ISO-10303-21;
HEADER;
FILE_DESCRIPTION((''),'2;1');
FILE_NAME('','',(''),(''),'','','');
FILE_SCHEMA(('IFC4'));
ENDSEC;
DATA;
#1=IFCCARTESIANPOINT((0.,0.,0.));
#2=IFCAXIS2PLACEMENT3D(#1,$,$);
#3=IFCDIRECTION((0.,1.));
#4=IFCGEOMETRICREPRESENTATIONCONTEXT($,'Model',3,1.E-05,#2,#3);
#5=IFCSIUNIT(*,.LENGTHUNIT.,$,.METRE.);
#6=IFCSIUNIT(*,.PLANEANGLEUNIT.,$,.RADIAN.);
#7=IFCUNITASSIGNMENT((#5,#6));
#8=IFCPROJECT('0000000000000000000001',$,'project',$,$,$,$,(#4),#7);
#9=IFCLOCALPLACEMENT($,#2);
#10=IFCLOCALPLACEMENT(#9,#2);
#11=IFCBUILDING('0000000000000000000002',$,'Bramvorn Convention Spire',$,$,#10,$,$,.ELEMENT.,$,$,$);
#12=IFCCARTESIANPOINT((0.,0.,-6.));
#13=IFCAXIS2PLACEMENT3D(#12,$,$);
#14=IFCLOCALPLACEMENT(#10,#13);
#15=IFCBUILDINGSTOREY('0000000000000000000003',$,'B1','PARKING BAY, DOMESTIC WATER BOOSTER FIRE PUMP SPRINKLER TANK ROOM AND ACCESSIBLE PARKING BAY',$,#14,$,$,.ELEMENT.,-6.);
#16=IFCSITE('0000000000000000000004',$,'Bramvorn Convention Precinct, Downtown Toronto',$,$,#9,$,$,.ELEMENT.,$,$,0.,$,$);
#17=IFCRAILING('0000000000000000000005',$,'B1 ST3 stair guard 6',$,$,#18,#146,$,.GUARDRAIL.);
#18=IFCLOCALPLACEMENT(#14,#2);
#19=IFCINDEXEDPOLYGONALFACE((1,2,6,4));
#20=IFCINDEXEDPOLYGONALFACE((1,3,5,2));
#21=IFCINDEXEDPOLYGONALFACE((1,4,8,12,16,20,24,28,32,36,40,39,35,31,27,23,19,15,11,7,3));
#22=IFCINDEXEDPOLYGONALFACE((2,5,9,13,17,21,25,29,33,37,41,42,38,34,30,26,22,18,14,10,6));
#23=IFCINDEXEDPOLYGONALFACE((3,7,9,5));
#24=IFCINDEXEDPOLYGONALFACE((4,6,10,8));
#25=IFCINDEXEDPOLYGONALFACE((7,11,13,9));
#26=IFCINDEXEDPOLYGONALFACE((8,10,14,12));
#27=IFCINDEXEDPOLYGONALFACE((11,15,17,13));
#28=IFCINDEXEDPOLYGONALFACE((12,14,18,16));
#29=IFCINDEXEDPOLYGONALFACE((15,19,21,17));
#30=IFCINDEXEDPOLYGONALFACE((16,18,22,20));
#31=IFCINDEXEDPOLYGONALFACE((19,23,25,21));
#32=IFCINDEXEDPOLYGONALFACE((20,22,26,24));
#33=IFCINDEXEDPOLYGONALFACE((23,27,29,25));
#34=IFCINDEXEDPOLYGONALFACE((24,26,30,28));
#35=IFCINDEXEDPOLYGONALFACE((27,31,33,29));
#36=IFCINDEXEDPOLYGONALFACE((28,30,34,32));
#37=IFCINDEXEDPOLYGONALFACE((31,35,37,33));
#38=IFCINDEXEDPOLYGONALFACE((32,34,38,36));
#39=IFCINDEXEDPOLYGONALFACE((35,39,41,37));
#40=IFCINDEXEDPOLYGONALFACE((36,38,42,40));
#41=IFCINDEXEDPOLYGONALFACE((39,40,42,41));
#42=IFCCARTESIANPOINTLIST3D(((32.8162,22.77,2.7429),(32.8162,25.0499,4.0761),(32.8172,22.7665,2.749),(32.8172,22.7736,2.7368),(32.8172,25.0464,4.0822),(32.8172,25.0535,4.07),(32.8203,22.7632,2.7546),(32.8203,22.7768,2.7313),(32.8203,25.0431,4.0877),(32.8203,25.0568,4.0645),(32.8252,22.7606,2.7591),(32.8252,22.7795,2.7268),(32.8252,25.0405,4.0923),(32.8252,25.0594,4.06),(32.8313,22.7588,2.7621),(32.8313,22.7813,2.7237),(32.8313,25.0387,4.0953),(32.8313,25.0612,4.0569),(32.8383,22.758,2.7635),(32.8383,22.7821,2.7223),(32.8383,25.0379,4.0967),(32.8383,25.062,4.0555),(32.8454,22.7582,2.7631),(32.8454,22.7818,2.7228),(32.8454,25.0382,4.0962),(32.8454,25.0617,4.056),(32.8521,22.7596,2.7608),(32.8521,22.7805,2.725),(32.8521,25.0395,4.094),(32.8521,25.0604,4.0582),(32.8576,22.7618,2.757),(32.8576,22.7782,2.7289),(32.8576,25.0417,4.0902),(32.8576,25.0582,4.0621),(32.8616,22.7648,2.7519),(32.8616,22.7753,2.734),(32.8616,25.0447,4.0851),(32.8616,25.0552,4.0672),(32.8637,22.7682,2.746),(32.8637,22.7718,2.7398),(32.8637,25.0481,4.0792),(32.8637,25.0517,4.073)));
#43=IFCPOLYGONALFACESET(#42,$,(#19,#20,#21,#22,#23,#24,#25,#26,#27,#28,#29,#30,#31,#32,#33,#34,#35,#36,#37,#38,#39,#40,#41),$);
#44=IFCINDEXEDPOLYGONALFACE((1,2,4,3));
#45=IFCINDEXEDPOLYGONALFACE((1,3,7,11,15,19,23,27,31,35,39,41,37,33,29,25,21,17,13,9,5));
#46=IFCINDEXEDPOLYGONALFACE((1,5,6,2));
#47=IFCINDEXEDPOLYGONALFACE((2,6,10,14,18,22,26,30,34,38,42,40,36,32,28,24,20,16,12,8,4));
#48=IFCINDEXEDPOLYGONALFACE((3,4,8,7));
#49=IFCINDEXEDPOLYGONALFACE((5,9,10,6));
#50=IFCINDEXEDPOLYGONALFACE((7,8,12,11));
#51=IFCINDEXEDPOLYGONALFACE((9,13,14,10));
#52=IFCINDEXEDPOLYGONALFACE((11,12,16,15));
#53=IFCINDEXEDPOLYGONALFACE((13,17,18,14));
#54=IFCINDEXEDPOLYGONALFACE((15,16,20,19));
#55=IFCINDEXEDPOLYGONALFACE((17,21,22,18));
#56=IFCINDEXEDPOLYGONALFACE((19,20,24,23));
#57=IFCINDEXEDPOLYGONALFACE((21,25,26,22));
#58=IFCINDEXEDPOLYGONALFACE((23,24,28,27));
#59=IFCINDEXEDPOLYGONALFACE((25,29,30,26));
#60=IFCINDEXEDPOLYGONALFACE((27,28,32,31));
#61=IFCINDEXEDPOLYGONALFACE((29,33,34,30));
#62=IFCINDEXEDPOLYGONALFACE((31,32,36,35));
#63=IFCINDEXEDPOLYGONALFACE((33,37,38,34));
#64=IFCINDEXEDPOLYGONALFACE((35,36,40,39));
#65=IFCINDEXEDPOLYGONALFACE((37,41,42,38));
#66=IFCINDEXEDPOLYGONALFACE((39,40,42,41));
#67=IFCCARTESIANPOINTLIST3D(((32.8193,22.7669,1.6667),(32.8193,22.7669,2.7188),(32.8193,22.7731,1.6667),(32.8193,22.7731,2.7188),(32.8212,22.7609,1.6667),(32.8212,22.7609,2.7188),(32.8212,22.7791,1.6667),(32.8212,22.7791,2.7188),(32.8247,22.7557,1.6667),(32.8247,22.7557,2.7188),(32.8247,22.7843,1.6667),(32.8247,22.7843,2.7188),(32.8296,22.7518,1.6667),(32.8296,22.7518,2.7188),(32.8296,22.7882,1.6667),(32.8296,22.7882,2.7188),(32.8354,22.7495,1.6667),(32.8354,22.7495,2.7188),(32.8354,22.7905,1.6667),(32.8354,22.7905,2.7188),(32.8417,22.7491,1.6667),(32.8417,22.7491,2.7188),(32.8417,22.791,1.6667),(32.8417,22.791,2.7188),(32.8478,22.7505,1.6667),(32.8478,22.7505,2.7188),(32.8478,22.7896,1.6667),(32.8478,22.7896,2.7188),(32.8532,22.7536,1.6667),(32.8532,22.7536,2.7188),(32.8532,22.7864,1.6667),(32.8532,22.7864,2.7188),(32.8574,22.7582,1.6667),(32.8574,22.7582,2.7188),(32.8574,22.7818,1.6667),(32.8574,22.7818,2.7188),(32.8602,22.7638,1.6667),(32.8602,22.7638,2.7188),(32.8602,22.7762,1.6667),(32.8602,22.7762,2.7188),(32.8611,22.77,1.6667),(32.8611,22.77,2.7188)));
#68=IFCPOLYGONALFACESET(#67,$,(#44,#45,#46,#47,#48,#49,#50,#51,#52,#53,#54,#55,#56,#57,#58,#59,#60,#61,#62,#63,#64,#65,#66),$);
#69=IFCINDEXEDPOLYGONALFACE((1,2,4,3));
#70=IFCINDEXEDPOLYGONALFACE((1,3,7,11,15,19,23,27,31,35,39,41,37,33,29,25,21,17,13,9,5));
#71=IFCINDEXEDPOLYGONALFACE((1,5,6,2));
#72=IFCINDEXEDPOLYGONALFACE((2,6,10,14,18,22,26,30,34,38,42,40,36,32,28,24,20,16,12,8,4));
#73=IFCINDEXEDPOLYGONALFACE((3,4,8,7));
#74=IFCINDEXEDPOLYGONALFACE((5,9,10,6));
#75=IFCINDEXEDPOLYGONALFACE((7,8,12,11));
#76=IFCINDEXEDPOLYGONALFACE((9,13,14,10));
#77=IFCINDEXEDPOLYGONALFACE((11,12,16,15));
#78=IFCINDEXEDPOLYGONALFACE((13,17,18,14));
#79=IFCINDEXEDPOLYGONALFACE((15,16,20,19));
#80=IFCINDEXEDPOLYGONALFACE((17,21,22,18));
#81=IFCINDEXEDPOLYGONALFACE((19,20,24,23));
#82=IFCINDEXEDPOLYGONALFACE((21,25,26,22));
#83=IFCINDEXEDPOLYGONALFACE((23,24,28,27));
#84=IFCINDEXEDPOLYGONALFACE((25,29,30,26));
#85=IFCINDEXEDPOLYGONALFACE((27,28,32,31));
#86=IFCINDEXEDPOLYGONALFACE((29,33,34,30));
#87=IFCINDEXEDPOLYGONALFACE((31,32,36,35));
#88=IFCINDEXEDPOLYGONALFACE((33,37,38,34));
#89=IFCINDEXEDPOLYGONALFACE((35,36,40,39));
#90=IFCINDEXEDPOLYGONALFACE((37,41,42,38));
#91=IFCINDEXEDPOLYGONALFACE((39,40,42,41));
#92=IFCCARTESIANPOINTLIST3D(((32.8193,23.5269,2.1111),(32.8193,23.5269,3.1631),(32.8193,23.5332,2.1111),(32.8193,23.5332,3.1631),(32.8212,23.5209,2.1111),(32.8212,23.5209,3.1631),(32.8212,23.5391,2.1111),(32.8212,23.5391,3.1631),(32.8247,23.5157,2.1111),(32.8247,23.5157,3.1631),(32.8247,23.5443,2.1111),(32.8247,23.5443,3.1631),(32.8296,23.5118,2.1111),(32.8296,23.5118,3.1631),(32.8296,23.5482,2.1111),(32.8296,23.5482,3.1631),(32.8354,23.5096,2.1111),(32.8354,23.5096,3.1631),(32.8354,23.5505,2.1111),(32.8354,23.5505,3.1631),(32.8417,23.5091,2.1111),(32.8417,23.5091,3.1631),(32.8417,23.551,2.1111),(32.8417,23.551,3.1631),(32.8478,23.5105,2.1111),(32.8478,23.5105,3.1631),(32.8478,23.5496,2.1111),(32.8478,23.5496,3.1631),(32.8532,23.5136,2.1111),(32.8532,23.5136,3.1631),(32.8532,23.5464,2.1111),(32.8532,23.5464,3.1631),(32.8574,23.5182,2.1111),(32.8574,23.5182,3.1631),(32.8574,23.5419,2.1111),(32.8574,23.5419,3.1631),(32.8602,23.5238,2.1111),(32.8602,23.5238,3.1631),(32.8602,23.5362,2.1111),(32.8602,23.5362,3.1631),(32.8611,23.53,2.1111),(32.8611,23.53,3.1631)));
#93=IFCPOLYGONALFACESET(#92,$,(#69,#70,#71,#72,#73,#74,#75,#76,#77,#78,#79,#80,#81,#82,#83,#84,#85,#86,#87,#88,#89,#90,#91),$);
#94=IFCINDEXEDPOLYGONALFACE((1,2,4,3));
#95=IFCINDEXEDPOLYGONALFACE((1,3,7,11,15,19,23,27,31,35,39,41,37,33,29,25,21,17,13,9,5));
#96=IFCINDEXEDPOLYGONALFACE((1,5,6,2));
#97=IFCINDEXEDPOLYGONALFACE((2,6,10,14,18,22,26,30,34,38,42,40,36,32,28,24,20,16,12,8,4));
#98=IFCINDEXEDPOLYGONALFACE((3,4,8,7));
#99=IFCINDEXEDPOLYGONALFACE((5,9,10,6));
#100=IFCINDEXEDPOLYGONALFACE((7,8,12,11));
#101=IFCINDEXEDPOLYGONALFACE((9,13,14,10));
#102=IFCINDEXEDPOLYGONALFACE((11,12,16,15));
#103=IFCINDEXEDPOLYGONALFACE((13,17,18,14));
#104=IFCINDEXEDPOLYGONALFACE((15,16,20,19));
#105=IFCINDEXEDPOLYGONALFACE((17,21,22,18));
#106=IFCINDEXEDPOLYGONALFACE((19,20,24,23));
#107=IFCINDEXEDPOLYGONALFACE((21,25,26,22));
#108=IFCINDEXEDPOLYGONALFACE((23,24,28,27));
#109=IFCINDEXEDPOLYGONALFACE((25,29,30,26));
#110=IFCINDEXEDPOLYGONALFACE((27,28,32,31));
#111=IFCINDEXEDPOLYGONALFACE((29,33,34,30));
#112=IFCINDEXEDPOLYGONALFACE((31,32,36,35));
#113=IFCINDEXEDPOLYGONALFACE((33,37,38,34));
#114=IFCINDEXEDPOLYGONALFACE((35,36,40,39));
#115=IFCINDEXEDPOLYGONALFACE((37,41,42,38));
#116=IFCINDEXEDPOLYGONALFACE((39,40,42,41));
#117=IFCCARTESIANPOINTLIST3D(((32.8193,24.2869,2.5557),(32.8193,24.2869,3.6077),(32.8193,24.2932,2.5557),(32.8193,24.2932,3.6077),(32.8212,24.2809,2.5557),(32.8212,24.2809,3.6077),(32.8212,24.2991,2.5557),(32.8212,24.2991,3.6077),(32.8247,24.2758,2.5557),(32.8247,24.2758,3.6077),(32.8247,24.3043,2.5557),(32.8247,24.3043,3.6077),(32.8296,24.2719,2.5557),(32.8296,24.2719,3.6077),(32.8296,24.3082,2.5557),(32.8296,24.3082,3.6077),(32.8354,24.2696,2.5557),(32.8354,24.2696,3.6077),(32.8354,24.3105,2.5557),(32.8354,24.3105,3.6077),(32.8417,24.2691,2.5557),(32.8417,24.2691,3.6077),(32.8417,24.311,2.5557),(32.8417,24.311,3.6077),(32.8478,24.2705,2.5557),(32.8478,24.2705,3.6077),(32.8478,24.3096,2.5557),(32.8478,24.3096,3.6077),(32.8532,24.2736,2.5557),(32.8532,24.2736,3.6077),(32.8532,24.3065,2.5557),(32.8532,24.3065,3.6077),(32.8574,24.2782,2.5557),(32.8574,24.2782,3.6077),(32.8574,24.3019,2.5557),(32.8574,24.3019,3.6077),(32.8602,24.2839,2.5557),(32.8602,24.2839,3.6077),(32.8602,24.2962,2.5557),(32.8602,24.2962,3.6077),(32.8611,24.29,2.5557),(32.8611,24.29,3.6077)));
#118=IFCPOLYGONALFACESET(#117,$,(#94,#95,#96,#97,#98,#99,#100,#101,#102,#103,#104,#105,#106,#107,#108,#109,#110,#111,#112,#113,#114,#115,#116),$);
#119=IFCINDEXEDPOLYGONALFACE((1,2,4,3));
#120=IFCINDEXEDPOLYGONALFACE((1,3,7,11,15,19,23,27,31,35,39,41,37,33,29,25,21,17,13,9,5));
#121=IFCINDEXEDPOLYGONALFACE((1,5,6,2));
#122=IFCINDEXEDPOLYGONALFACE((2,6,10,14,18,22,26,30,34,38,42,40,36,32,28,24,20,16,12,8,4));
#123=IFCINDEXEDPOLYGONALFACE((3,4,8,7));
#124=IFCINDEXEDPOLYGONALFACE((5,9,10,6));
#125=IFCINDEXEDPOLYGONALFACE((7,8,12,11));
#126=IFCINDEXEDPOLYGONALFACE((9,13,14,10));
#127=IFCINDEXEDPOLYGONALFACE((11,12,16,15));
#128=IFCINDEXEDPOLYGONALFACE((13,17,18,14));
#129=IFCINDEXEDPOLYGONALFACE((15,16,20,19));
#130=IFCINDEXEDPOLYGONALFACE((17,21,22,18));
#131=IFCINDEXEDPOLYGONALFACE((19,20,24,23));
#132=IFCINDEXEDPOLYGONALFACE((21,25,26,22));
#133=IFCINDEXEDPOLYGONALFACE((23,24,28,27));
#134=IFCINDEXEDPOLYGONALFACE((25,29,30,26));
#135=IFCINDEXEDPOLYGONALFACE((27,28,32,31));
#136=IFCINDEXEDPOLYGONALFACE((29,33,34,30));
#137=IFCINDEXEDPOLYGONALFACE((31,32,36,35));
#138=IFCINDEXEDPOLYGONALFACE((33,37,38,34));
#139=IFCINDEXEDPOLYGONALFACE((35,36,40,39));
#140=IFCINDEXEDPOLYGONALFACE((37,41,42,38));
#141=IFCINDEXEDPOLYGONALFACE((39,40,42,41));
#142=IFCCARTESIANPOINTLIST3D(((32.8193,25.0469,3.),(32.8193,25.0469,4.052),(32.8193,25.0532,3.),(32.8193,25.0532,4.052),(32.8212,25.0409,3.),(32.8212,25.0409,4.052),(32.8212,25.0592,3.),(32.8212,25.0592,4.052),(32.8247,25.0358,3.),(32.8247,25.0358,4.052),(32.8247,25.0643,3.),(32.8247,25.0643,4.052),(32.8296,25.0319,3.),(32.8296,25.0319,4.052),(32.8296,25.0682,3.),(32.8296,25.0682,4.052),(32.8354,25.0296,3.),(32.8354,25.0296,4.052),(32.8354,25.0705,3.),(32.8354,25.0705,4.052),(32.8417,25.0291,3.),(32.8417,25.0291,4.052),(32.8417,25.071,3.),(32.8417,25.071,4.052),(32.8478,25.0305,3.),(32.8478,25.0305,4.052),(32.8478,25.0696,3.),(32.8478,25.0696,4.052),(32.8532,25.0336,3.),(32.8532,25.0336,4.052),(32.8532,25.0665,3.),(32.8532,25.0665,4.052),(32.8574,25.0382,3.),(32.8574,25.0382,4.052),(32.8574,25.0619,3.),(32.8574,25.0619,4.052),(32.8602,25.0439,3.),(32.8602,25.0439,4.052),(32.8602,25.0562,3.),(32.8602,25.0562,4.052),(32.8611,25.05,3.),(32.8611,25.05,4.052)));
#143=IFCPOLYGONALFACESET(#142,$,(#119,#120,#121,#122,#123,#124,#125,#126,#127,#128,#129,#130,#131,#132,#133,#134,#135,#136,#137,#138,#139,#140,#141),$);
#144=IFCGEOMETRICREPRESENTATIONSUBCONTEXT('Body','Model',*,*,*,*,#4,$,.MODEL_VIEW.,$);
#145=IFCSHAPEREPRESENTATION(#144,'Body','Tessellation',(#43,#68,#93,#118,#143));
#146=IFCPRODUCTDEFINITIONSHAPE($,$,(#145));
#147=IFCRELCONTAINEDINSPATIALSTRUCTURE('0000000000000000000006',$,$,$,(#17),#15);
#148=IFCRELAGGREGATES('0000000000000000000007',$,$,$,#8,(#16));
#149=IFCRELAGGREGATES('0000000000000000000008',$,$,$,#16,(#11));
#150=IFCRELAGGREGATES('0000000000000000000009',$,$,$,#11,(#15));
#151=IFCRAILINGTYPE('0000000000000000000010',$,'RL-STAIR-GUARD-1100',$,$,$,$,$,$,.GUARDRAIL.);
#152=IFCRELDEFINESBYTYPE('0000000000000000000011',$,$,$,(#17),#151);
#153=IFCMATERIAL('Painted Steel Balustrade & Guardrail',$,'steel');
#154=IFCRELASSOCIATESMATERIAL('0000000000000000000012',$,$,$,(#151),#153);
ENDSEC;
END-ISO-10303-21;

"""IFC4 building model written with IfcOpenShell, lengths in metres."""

from ifc_helpers import new_model, si_unit, direction, frame, origin, origin_2d, place, context, subcontext, project, spatial, circle, extrude, material, type_object, element, save


model = new_model("IFC4")

# Units and contexts
model_context = context("Model", 3, precision=1e-05, world=origin(), true_north=direction((0.0, 1.0)))
body_context = subcontext(model_context, "Body", "Model", "MODEL_VIEW")
ifc_project = project(units=[si_unit("LENGTHUNIT", "METRE"), si_unit("PLANEANGLEUNIT", "RADIAN")], contexts=[model_context])

# Site, building, storey
site_placement = place(None, origin())
site = spatial("IfcSite", under=ifc_project, at=site_placement, Name="Bramvorn Convention Precinct, Downtown Toronto", CompositionType="ELEMENT", RefElevation=0.0)
building_placement = place(site_placement, origin())
building = spatial("IfcBuilding", under=site, at=building_placement, Name="Bramvorn Convention Spire", CompositionType="ELEMENT")
storey_placement = place(building_placement, frame((0.0, 0.0, -6.0)))
storey = spatial("IfcBuildingStorey", under=building, at=storey_placement, Name="B1", Description="PARKING BAY, DOMESTIC WATER BOOSTER FIRE PUMP SPRINKLER TANK ROOM AND ACCESSIBLE PARKING BAY", CompositionType="ELEMENT", Elevation=-6.0)

# Railing
ifc_material_1 = material(Name="Painted Steel Balustrade & Guardrail", Category="steel")
railing_type_1 = type_object("IfcRailingType", Name="RL-STAIR-GUARD-1100", PredefinedType="GUARDRAIL", material=ifc_material_1)
railing_1_placement = place(storey_placement, frame((32.8401, 22.77, 1.6667)))
element("IfcRailing", 1, at=railing_1_placement, inside=storey, type_object=railing_type_1, Name="B1 ST3 stair guard 6", PredefinedType="GUARDRAIL", context=body_context, shape_type="SweptSolid", body=[
    extrude(circle(Radius=0.0239, at=origin_2d()), frame((0.0, 0.0, 1.0762), z_axis=(0.0, 0.863245, 0.504785), x_axis=(-1.0, 0.0, 0.0)), (0.0, 0.0, 1.0), 2.6411),
    extrude(circle(Radius=0.021, at=origin_2d()), origin(), (0.0, 0.0, 1.0), 1.052),
    extrude(circle(Radius=0.021, at=origin_2d()), frame((0.0, 0.76, 0.4443)), (0.0, 0.0, 1.0), 1.052),
    extrude(circle(Radius=0.021, at=origin_2d()), frame((0.0, 1.52, 0.8889)), (0.0, 0.0, 1.0), 1.052),
    extrude(circle(Radius=0.021, at=origin_2d()), frame((0.0, 2.28, 1.3333)), (0.0, 0.0, 1.0), 1.052),
])

save(model, "model.ifc")
